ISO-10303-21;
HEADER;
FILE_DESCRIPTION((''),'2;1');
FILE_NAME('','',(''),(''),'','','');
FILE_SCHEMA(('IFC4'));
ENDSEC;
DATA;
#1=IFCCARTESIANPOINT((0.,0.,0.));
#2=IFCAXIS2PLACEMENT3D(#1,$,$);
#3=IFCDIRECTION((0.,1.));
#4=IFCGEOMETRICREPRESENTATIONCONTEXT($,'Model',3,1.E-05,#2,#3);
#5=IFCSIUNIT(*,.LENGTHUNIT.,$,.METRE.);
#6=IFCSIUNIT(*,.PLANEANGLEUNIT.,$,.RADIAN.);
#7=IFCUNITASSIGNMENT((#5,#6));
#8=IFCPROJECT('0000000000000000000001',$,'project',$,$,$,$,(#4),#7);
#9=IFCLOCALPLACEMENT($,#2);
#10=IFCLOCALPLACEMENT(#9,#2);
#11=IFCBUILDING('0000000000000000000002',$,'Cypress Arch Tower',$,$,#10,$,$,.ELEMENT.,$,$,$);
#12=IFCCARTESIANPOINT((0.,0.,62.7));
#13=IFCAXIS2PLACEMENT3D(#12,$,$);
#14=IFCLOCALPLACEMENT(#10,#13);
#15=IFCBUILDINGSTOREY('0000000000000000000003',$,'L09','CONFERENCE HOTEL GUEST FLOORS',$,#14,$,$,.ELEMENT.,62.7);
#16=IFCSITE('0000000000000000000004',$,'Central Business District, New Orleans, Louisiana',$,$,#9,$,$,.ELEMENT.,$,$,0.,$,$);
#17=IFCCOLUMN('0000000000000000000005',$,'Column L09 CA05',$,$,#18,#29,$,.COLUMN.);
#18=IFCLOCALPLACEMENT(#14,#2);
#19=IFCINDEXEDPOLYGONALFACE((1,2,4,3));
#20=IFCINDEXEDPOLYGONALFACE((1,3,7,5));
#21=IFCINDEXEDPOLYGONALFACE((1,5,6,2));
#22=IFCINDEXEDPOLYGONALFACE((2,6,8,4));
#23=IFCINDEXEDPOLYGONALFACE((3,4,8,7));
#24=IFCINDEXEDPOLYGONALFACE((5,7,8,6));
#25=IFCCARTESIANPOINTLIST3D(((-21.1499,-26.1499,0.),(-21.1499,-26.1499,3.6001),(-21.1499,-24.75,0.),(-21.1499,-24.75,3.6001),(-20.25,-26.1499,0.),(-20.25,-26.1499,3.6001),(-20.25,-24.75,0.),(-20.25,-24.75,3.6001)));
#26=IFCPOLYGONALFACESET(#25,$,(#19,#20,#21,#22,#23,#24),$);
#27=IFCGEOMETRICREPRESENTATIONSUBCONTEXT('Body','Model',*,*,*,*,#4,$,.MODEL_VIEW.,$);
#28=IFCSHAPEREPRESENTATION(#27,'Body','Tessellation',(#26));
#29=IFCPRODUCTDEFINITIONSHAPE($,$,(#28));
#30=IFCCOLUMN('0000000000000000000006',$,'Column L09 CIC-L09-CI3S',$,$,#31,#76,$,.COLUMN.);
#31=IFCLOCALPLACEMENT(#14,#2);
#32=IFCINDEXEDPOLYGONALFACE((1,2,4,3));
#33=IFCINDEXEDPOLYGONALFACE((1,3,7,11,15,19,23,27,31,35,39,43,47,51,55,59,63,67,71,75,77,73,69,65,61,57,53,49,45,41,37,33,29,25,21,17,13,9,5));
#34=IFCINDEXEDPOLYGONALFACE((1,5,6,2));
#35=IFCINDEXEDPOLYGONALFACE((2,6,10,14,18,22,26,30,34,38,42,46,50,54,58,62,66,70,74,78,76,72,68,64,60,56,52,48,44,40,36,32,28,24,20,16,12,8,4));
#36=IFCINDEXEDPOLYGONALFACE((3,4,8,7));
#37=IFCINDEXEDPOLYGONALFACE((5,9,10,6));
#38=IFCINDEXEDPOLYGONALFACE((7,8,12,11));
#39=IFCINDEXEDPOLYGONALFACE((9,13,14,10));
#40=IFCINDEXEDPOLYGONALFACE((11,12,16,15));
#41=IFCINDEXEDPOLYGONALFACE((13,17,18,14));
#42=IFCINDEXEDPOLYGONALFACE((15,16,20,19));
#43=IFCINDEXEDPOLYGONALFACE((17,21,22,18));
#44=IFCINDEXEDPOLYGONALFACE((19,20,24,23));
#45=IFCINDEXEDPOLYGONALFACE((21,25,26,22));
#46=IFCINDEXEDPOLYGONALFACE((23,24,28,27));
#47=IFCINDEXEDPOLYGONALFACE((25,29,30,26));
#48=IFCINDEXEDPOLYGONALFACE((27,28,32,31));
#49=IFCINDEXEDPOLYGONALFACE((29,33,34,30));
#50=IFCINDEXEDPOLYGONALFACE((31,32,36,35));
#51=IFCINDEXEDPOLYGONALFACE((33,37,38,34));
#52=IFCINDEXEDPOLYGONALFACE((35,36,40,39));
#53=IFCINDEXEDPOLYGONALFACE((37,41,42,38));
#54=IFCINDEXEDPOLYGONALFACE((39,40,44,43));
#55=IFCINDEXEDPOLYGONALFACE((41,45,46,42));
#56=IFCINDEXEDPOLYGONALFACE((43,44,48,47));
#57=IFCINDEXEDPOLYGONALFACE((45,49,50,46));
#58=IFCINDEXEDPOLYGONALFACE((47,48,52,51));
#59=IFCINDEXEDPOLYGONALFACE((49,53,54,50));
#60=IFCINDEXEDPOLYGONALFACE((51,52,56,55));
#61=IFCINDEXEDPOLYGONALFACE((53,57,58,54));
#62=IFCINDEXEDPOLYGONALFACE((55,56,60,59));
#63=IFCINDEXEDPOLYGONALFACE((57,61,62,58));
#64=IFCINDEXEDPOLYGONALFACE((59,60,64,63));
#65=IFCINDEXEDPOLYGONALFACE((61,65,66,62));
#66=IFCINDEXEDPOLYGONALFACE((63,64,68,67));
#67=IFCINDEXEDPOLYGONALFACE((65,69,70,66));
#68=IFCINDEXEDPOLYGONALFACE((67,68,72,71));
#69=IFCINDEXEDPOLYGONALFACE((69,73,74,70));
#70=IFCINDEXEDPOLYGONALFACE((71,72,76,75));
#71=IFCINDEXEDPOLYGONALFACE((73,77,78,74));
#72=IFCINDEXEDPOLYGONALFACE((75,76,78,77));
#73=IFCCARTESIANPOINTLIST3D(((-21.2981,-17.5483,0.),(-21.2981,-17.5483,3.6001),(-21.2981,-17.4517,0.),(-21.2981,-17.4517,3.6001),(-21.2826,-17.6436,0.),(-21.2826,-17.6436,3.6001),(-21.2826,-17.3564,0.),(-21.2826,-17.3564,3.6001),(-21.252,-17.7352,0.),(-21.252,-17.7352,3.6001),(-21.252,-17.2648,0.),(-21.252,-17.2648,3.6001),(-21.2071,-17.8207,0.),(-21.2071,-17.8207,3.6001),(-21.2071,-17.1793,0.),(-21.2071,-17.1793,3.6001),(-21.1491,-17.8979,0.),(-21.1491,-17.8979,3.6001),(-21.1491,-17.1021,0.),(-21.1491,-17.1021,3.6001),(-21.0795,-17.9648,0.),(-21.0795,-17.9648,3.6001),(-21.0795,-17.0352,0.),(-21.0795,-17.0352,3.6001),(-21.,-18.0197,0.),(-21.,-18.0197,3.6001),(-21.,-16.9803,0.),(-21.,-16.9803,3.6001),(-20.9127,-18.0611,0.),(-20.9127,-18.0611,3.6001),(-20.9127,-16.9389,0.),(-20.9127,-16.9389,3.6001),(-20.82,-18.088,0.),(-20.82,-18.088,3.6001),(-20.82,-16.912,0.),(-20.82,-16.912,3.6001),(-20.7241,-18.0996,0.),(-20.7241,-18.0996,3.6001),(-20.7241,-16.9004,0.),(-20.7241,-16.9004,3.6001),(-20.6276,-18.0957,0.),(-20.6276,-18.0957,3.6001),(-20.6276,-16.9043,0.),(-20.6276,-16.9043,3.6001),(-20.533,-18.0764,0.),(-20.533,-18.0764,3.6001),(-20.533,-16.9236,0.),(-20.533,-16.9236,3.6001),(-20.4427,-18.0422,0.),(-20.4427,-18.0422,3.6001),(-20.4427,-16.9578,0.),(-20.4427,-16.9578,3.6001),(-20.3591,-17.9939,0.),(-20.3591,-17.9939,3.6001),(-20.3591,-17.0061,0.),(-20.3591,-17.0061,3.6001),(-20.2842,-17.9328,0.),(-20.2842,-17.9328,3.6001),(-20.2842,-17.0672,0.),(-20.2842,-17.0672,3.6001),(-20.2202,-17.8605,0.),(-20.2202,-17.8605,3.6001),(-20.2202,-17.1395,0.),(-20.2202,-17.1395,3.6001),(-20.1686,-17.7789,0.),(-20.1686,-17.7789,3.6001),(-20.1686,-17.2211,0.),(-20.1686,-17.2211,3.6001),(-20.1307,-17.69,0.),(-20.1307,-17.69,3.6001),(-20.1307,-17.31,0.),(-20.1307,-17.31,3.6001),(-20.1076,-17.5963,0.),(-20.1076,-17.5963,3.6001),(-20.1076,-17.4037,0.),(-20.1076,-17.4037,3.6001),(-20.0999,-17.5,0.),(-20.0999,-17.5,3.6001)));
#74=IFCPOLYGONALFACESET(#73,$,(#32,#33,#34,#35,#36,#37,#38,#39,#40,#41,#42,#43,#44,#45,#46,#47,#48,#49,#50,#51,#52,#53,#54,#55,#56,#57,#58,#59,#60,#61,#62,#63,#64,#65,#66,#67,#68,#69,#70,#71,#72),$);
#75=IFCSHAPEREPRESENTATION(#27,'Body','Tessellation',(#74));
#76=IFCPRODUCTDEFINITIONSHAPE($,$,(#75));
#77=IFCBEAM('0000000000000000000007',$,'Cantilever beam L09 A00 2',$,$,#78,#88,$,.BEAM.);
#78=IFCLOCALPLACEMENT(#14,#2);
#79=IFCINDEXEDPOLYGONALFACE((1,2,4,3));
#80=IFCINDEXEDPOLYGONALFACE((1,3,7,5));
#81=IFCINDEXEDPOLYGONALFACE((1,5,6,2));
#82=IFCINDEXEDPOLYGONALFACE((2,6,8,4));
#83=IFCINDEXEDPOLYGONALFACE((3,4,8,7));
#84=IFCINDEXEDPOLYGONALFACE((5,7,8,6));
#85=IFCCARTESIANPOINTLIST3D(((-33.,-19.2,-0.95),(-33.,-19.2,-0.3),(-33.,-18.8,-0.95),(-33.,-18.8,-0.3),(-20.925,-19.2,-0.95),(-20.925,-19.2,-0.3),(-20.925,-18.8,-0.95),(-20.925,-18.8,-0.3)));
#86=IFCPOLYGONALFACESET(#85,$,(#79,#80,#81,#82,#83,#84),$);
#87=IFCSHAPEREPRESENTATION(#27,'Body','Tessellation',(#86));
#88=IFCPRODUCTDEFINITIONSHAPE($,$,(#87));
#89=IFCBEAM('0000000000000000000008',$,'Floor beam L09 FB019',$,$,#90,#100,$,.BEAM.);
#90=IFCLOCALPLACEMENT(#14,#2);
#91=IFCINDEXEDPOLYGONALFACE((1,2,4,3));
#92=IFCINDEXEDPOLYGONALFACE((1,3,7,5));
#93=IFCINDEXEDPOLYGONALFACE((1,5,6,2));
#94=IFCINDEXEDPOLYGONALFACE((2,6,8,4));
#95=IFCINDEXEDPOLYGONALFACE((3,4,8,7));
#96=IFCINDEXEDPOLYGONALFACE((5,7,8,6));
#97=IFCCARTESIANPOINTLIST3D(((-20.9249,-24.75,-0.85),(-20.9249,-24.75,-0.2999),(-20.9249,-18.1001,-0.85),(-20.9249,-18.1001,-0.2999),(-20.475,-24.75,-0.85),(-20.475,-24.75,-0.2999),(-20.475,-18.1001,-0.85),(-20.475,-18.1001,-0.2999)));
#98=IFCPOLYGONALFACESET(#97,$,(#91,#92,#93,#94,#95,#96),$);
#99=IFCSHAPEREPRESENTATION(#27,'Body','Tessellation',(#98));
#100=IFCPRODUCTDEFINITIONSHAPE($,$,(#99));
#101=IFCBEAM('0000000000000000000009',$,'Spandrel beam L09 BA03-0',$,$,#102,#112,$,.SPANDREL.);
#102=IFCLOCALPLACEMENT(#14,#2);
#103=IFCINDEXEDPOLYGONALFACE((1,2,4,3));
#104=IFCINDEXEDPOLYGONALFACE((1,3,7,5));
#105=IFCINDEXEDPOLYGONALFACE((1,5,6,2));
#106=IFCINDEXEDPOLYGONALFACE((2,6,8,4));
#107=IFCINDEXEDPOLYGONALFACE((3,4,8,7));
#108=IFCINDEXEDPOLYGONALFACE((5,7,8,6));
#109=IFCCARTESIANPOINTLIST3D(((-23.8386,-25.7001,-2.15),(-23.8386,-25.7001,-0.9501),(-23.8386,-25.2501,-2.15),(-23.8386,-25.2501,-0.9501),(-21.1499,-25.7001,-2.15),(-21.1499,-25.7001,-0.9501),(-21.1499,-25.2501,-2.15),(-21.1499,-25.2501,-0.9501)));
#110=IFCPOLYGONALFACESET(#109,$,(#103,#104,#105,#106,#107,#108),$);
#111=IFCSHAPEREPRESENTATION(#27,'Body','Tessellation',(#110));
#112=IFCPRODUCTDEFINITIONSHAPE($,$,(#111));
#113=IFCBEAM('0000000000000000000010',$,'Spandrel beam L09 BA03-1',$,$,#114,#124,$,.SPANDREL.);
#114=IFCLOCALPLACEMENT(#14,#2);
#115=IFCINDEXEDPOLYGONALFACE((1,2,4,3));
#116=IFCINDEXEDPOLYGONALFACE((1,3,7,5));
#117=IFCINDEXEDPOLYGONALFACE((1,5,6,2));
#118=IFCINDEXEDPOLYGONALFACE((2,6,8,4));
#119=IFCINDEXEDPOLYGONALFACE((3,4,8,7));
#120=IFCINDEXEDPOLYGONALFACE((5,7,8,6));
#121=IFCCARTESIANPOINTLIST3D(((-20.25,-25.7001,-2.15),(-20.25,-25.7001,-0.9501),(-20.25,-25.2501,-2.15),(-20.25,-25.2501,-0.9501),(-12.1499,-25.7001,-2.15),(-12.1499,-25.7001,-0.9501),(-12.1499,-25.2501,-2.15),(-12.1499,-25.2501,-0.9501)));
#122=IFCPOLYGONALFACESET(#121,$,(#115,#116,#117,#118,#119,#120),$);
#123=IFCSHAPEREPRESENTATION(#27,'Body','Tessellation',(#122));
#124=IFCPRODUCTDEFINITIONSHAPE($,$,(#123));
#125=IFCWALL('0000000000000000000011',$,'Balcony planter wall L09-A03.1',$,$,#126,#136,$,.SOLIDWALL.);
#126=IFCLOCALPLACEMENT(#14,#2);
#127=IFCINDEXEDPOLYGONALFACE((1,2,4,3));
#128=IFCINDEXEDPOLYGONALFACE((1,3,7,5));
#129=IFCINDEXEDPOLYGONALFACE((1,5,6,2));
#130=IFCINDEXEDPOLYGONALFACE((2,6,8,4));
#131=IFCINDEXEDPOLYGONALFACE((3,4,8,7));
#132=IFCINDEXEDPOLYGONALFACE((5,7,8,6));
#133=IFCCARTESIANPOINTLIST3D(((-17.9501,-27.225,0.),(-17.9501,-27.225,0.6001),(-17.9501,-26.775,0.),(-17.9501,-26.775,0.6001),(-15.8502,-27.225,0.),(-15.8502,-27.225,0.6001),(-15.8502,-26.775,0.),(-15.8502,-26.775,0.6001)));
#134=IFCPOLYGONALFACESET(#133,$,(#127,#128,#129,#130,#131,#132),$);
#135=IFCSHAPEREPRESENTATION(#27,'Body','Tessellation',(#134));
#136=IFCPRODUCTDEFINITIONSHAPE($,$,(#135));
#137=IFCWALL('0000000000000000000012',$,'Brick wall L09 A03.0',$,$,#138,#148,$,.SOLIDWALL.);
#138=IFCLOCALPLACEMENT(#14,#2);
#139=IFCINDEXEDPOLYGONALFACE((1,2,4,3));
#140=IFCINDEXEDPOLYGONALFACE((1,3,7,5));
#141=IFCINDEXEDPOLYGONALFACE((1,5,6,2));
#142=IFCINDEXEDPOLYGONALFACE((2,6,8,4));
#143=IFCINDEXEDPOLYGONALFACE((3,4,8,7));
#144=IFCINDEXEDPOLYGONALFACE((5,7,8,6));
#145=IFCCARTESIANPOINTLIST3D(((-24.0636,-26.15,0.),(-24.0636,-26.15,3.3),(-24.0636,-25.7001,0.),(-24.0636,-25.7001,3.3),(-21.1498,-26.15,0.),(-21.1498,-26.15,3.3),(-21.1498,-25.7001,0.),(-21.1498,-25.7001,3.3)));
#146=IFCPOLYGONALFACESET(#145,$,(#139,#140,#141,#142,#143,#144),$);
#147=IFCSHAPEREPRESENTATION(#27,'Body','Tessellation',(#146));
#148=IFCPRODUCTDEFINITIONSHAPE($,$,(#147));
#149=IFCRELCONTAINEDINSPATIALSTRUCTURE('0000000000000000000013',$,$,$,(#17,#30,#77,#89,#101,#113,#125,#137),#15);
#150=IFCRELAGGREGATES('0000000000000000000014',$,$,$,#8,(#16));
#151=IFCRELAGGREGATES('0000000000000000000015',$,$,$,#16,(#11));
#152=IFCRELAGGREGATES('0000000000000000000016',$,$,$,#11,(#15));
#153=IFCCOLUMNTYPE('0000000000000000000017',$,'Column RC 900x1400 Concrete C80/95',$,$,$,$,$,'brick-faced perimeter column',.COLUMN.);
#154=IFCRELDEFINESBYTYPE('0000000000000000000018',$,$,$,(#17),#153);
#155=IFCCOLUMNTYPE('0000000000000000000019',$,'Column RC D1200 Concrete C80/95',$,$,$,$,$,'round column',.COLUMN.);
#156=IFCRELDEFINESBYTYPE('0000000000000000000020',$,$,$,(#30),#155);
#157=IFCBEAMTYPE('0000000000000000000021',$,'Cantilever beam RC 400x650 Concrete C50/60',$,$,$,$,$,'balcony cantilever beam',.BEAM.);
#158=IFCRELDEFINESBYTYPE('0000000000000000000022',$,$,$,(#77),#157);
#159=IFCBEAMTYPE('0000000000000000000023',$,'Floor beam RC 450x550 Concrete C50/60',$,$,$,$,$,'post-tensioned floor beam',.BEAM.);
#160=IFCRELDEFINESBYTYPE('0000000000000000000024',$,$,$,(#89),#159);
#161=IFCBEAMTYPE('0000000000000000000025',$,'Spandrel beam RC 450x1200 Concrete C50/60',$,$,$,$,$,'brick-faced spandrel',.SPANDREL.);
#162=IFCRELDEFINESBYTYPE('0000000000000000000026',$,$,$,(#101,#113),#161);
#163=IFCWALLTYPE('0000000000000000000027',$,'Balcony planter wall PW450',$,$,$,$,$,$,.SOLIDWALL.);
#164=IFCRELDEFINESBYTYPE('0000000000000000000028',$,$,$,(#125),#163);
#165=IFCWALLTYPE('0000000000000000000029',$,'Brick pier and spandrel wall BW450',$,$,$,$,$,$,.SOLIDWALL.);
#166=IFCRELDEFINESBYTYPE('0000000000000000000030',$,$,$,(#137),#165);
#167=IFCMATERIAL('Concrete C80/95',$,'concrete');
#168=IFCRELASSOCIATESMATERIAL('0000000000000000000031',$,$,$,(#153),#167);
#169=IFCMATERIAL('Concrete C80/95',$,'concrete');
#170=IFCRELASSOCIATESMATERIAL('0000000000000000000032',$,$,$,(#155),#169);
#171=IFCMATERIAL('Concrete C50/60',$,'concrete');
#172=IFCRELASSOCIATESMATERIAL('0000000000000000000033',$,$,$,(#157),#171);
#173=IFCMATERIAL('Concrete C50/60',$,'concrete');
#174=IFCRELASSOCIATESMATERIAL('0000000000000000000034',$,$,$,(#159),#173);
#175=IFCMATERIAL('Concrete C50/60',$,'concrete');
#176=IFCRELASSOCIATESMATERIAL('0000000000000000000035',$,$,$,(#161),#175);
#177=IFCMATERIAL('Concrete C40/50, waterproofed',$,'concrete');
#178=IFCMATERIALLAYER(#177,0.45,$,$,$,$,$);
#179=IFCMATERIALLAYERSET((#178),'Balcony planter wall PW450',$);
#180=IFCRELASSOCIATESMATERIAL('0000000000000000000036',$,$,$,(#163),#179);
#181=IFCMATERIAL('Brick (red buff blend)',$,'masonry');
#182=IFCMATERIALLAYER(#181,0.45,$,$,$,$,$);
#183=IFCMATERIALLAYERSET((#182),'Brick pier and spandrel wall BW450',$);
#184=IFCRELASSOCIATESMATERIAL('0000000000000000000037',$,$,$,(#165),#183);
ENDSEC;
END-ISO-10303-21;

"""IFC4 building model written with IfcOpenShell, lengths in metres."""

from ifc_helpers import new_model, si_unit, direction, frame, frame_2d, origin, origin_2d, place, context, subcontext, project, spatial, rectangle, circle, extrude, material, layer, layer_set, material_profile, profile_set, type_object, element, save


model = new_model("IFC4")

# Units and contexts
model_context = context("Model", 3, precision=1e-05, world=origin(), true_north=direction((0.0, 1.0)))
body_context = subcontext(model_context, "Body", "Model", "MODEL_VIEW")
ifc_project = project(units=[si_unit("LENGTHUNIT", "METRE"), si_unit("PLANEANGLEUNIT", "RADIAN")], contexts=[model_context])

# Site, building, storey
site_placement = place(None, origin())
site = spatial("IfcSite", under=ifc_project, at=site_placement, Name="Central Business District, New Orleans, Louisiana", CompositionType="ELEMENT", RefElevation=0.0)
building_placement = place(site_placement, origin())
building = spatial("IfcBuilding", under=site, at=building_placement, Name="Cypress Arch Tower", CompositionType="ELEMENT")
storey_placement = place(building_placement, frame((0.0, 0.0, 62.7)))
storey = spatial("IfcBuildingStorey", under=building, at=storey_placement, Name="L09", Description="CONFERENCE HOTEL GUEST FLOORS", CompositionType="ELEMENT", Elevation=62.7)

# Columns
ifc_material_1 = material(Name="Concrete C80/95", Category="concrete")
ifc_material_profile_1 = material_profile(ifc_material_1, rectangle(XDim=0.8999, YDim=1.3999, at=origin_2d()), Name="RC 900x1400")
ifc_profile_set_1 = profile_set([ifc_material_profile_1], Name="Concrete C80/95")
column_type_1 = type_object("IfcColumnType", Name="Column RC 900x1400 Concrete C80/95", ElementType="brick-faced perimeter column", PredefinedType="COLUMN", material=ifc_profile_set_1)
column_1_placement = place(storey_placement, frame((-20.7, -25.45, 0.0), z_axis=(0.0, 0.0, 1.0), x_axis=(1.0, 0.0, 0.0)))
element("IfcColumn", 1, at=column_1_placement, inside=storey, type_object=column_type_1, Name="Column L09 CA05", PredefinedType="COLUMN", context=body_context, shape_type="SweptSolid", body=[
    extrude(rectangle(XDim=0.8999, YDim=1.3999, at=origin_2d()), origin(), (0.0, 0.0, 1.0), 3.6001),
])
ifc_material_2 = material(Name="Concrete C80/95", Category="concrete")
ifc_material_profile_2 = material_profile(ifc_material_2, circle(Radius=0.6001, at=origin_2d()), Name="RC D1200")
ifc_profile_set_2 = profile_set([ifc_material_profile_2], Name="Concrete C80/95")
column_type_2 = type_object("IfcColumnType", Name="Column RC D1200 Concrete C80/95", ElementType="round column", PredefinedType="COLUMN", material=ifc_profile_set_2)
column_2_placement = place(storey_placement, frame((-20.7, -17.5, 0.0), z_axis=(0.0, 0.0, 1.0), x_axis=(1.0, 0.0, 0.0)))
element("IfcColumn", 2, at=column_2_placement, inside=storey, type_object=column_type_2, Name="Column L09 CIC-L09-CI3S", PredefinedType="COLUMN", context=body_context, shape_type="SweptSolid", body=[
    extrude(circle(Radius=0.6001, at=origin_2d()), origin(), (0.0, 0.0, 1.0), 3.6001),
])

# Beams
ifc_material_3 = material(Name="Concrete C50/60", Category="concrete")
ifc_material_profile_3 = material_profile(ifc_material_3, rectangle(XDim=0.3999, YDim=0.6499, at=origin_2d()), Name="RC 400x650")
ifc_profile_set_3 = profile_set([ifc_material_profile_3], Name="Concrete C50/60")
beam_type_1 = type_object("IfcBeamType", Name="Cantilever beam RC 400x650 Concrete C50/60", ElementType="balcony cantilever beam", PredefinedType="BEAM", material=ifc_profile_set_3)
beam_1_placement = place(storey_placement, frame((-20.925, -19.0, -0.625), z_axis=(-1.0, 0.0, 0.0), x_axis=(0.0, -1.0, 0.0)))
element("IfcBeam", 3, at=beam_1_placement, inside=storey, type_object=beam_type_1, Name="Cantilever beam L09 A00 2", PredefinedType="BEAM", context=body_context, shape_type="SweptSolid", body=[
    extrude(rectangle(XDim=0.3999, YDim=0.6499, at=origin_2d()), origin(), (0.0, 0.0, 1.0), 12.075),
])
ifc_material_4 = material(Name="Concrete C50/60", Category="concrete")
ifc_material_profile_4 = material_profile(ifc_material_4, rectangle(XDim=0.45, YDim=0.55, at=origin_2d()), Name="RC 450x550")
ifc_profile_set_4 = profile_set([ifc_material_profile_4], Name="Concrete C50/60")
beam_type_2 = type_object("IfcBeamType", Name="Floor beam RC 450x550 Concrete C50/60", ElementType="post-tensioned floor beam", PredefinedType="BEAM", material=ifc_profile_set_4)
beam_2_placement = place(storey_placement, frame((-20.7, -24.75, -0.575), z_axis=(0.0, 1.0, 0.0), x_axis=(-1.0, 0.0, 0.0)))
element("IfcBeam", 4, at=beam_2_placement, inside=storey, type_object=beam_type_2, Name="Floor beam L09 FB019", PredefinedType="BEAM", context=body_context, shape_type="SweptSolid", body=[
    extrude(rectangle(XDim=0.45, YDim=0.55, at=origin_2d()), origin(), (0.0, 0.0, 1.0), 6.6499),
])
ifc_material_5 = material(Name="Concrete C50/60", Category="concrete")
ifc_material_profile_5 = material_profile(ifc_material_5, rectangle(XDim=0.45, YDim=1.2, at=origin_2d()), Name="RC 450x1200")
ifc_profile_set_5 = profile_set([ifc_material_profile_5], Name="Concrete C50/60")
beam_type_3 = type_object("IfcBeamType", Name="Spandrel beam RC 450x1200 Concrete C50/60", ElementType="brick-faced spandrel", PredefinedType="SPANDREL", material=ifc_profile_set_5)
beam_3_placement = place(storey_placement, frame((-23.8386, -25.4751, -1.55), z_axis=(1.0, 0.0, 0.0), x_axis=(0.0, 1.0, 0.0)))
element("IfcBeam", 5, at=beam_3_placement, inside=storey, type_object=beam_type_3, Name="Spandrel beam L09 BA03-0", PredefinedType="SPANDREL", context=body_context, shape_type="SweptSolid", body=[
    extrude(rectangle(XDim=0.45, YDim=1.2, at=origin_2d()), origin(), (0.0, 0.0, 1.0), 2.6887),
])
beam_4_placement = place(storey_placement, frame((-20.25, -25.4751, -1.55), z_axis=(1.0, 0.0, 0.0), x_axis=(0.0, 1.0, 0.0)))
element("IfcBeam", 6, at=beam_4_placement, inside=storey, type_object=beam_type_3, Name="Spandrel beam L09 BA03-1", PredefinedType="SPANDREL", context=body_context, shape_type="SweptSolid", body=[
    extrude(rectangle(XDim=0.45, YDim=1.2, at=origin_2d()), origin(), (0.0, 0.0, 1.0), 8.1001),
])

# Walls
ifc_material_6 = material(Name="Concrete C40/50, waterproofed", Category="concrete")
ifc_layer_1 = layer(ifc_material_6, 0.45)
ifc_layer_set_1 = layer_set([ifc_layer_1], Name="Balcony planter wall PW450")
wall_type_1 = type_object("IfcWallType", Name="Balcony planter wall PW450", PredefinedType="SOLIDWALL", material=ifc_layer_set_1)
wall_1_placement = place(storey_placement, frame((-17.95, -27.0, 0.0), z_axis=(0.0, 0.0, 1.0), x_axis=(1.0, 0.0, 0.0)))
element("IfcWall", 7, at=wall_1_placement, inside=storey, type_object=wall_type_1, Name="Balcony planter wall L09-A03.1", PredefinedType="SOLIDWALL", context=body_context, shape_type="SweptSolid", body=[
    extrude(rectangle(XDim=2.0999, YDim=0.45, at=frame_2d((1.0498, 0.0))), origin(), (0.0, 0.0, 1.0), 0.6001),
])
ifc_material_7 = material(Name="Brick (red buff blend)", Category="masonry")
ifc_layer_2 = layer(ifc_material_7, 0.45)
ifc_layer_set_2 = layer_set([ifc_layer_2], Name="Brick pier and spandrel wall BW450")
wall_type_2 = type_object("IfcWallType", Name="Brick pier and spandrel wall BW450", PredefinedType="SOLIDWALL", material=ifc_layer_set_2)
wall_2_placement = place(storey_placement, frame((-24.0637, -25.925, 0.0), z_axis=(0.0, 0.0, 1.0), x_axis=(1.0, 0.0, 0.0)))
element("IfcWall", 8, at=wall_2_placement, inside=storey, type_object=wall_type_2, Name="Brick wall L09 A03.0", PredefinedType="SOLIDWALL", context=body_context, shape_type="SweptSolid", body=[
    extrude(rectangle(XDim=2.9138, YDim=0.45, at=frame_2d((1.457, 0.0))), origin(), (0.0, 0.0, 1.0), 3.3),
])

save(model, "model.ifc")
